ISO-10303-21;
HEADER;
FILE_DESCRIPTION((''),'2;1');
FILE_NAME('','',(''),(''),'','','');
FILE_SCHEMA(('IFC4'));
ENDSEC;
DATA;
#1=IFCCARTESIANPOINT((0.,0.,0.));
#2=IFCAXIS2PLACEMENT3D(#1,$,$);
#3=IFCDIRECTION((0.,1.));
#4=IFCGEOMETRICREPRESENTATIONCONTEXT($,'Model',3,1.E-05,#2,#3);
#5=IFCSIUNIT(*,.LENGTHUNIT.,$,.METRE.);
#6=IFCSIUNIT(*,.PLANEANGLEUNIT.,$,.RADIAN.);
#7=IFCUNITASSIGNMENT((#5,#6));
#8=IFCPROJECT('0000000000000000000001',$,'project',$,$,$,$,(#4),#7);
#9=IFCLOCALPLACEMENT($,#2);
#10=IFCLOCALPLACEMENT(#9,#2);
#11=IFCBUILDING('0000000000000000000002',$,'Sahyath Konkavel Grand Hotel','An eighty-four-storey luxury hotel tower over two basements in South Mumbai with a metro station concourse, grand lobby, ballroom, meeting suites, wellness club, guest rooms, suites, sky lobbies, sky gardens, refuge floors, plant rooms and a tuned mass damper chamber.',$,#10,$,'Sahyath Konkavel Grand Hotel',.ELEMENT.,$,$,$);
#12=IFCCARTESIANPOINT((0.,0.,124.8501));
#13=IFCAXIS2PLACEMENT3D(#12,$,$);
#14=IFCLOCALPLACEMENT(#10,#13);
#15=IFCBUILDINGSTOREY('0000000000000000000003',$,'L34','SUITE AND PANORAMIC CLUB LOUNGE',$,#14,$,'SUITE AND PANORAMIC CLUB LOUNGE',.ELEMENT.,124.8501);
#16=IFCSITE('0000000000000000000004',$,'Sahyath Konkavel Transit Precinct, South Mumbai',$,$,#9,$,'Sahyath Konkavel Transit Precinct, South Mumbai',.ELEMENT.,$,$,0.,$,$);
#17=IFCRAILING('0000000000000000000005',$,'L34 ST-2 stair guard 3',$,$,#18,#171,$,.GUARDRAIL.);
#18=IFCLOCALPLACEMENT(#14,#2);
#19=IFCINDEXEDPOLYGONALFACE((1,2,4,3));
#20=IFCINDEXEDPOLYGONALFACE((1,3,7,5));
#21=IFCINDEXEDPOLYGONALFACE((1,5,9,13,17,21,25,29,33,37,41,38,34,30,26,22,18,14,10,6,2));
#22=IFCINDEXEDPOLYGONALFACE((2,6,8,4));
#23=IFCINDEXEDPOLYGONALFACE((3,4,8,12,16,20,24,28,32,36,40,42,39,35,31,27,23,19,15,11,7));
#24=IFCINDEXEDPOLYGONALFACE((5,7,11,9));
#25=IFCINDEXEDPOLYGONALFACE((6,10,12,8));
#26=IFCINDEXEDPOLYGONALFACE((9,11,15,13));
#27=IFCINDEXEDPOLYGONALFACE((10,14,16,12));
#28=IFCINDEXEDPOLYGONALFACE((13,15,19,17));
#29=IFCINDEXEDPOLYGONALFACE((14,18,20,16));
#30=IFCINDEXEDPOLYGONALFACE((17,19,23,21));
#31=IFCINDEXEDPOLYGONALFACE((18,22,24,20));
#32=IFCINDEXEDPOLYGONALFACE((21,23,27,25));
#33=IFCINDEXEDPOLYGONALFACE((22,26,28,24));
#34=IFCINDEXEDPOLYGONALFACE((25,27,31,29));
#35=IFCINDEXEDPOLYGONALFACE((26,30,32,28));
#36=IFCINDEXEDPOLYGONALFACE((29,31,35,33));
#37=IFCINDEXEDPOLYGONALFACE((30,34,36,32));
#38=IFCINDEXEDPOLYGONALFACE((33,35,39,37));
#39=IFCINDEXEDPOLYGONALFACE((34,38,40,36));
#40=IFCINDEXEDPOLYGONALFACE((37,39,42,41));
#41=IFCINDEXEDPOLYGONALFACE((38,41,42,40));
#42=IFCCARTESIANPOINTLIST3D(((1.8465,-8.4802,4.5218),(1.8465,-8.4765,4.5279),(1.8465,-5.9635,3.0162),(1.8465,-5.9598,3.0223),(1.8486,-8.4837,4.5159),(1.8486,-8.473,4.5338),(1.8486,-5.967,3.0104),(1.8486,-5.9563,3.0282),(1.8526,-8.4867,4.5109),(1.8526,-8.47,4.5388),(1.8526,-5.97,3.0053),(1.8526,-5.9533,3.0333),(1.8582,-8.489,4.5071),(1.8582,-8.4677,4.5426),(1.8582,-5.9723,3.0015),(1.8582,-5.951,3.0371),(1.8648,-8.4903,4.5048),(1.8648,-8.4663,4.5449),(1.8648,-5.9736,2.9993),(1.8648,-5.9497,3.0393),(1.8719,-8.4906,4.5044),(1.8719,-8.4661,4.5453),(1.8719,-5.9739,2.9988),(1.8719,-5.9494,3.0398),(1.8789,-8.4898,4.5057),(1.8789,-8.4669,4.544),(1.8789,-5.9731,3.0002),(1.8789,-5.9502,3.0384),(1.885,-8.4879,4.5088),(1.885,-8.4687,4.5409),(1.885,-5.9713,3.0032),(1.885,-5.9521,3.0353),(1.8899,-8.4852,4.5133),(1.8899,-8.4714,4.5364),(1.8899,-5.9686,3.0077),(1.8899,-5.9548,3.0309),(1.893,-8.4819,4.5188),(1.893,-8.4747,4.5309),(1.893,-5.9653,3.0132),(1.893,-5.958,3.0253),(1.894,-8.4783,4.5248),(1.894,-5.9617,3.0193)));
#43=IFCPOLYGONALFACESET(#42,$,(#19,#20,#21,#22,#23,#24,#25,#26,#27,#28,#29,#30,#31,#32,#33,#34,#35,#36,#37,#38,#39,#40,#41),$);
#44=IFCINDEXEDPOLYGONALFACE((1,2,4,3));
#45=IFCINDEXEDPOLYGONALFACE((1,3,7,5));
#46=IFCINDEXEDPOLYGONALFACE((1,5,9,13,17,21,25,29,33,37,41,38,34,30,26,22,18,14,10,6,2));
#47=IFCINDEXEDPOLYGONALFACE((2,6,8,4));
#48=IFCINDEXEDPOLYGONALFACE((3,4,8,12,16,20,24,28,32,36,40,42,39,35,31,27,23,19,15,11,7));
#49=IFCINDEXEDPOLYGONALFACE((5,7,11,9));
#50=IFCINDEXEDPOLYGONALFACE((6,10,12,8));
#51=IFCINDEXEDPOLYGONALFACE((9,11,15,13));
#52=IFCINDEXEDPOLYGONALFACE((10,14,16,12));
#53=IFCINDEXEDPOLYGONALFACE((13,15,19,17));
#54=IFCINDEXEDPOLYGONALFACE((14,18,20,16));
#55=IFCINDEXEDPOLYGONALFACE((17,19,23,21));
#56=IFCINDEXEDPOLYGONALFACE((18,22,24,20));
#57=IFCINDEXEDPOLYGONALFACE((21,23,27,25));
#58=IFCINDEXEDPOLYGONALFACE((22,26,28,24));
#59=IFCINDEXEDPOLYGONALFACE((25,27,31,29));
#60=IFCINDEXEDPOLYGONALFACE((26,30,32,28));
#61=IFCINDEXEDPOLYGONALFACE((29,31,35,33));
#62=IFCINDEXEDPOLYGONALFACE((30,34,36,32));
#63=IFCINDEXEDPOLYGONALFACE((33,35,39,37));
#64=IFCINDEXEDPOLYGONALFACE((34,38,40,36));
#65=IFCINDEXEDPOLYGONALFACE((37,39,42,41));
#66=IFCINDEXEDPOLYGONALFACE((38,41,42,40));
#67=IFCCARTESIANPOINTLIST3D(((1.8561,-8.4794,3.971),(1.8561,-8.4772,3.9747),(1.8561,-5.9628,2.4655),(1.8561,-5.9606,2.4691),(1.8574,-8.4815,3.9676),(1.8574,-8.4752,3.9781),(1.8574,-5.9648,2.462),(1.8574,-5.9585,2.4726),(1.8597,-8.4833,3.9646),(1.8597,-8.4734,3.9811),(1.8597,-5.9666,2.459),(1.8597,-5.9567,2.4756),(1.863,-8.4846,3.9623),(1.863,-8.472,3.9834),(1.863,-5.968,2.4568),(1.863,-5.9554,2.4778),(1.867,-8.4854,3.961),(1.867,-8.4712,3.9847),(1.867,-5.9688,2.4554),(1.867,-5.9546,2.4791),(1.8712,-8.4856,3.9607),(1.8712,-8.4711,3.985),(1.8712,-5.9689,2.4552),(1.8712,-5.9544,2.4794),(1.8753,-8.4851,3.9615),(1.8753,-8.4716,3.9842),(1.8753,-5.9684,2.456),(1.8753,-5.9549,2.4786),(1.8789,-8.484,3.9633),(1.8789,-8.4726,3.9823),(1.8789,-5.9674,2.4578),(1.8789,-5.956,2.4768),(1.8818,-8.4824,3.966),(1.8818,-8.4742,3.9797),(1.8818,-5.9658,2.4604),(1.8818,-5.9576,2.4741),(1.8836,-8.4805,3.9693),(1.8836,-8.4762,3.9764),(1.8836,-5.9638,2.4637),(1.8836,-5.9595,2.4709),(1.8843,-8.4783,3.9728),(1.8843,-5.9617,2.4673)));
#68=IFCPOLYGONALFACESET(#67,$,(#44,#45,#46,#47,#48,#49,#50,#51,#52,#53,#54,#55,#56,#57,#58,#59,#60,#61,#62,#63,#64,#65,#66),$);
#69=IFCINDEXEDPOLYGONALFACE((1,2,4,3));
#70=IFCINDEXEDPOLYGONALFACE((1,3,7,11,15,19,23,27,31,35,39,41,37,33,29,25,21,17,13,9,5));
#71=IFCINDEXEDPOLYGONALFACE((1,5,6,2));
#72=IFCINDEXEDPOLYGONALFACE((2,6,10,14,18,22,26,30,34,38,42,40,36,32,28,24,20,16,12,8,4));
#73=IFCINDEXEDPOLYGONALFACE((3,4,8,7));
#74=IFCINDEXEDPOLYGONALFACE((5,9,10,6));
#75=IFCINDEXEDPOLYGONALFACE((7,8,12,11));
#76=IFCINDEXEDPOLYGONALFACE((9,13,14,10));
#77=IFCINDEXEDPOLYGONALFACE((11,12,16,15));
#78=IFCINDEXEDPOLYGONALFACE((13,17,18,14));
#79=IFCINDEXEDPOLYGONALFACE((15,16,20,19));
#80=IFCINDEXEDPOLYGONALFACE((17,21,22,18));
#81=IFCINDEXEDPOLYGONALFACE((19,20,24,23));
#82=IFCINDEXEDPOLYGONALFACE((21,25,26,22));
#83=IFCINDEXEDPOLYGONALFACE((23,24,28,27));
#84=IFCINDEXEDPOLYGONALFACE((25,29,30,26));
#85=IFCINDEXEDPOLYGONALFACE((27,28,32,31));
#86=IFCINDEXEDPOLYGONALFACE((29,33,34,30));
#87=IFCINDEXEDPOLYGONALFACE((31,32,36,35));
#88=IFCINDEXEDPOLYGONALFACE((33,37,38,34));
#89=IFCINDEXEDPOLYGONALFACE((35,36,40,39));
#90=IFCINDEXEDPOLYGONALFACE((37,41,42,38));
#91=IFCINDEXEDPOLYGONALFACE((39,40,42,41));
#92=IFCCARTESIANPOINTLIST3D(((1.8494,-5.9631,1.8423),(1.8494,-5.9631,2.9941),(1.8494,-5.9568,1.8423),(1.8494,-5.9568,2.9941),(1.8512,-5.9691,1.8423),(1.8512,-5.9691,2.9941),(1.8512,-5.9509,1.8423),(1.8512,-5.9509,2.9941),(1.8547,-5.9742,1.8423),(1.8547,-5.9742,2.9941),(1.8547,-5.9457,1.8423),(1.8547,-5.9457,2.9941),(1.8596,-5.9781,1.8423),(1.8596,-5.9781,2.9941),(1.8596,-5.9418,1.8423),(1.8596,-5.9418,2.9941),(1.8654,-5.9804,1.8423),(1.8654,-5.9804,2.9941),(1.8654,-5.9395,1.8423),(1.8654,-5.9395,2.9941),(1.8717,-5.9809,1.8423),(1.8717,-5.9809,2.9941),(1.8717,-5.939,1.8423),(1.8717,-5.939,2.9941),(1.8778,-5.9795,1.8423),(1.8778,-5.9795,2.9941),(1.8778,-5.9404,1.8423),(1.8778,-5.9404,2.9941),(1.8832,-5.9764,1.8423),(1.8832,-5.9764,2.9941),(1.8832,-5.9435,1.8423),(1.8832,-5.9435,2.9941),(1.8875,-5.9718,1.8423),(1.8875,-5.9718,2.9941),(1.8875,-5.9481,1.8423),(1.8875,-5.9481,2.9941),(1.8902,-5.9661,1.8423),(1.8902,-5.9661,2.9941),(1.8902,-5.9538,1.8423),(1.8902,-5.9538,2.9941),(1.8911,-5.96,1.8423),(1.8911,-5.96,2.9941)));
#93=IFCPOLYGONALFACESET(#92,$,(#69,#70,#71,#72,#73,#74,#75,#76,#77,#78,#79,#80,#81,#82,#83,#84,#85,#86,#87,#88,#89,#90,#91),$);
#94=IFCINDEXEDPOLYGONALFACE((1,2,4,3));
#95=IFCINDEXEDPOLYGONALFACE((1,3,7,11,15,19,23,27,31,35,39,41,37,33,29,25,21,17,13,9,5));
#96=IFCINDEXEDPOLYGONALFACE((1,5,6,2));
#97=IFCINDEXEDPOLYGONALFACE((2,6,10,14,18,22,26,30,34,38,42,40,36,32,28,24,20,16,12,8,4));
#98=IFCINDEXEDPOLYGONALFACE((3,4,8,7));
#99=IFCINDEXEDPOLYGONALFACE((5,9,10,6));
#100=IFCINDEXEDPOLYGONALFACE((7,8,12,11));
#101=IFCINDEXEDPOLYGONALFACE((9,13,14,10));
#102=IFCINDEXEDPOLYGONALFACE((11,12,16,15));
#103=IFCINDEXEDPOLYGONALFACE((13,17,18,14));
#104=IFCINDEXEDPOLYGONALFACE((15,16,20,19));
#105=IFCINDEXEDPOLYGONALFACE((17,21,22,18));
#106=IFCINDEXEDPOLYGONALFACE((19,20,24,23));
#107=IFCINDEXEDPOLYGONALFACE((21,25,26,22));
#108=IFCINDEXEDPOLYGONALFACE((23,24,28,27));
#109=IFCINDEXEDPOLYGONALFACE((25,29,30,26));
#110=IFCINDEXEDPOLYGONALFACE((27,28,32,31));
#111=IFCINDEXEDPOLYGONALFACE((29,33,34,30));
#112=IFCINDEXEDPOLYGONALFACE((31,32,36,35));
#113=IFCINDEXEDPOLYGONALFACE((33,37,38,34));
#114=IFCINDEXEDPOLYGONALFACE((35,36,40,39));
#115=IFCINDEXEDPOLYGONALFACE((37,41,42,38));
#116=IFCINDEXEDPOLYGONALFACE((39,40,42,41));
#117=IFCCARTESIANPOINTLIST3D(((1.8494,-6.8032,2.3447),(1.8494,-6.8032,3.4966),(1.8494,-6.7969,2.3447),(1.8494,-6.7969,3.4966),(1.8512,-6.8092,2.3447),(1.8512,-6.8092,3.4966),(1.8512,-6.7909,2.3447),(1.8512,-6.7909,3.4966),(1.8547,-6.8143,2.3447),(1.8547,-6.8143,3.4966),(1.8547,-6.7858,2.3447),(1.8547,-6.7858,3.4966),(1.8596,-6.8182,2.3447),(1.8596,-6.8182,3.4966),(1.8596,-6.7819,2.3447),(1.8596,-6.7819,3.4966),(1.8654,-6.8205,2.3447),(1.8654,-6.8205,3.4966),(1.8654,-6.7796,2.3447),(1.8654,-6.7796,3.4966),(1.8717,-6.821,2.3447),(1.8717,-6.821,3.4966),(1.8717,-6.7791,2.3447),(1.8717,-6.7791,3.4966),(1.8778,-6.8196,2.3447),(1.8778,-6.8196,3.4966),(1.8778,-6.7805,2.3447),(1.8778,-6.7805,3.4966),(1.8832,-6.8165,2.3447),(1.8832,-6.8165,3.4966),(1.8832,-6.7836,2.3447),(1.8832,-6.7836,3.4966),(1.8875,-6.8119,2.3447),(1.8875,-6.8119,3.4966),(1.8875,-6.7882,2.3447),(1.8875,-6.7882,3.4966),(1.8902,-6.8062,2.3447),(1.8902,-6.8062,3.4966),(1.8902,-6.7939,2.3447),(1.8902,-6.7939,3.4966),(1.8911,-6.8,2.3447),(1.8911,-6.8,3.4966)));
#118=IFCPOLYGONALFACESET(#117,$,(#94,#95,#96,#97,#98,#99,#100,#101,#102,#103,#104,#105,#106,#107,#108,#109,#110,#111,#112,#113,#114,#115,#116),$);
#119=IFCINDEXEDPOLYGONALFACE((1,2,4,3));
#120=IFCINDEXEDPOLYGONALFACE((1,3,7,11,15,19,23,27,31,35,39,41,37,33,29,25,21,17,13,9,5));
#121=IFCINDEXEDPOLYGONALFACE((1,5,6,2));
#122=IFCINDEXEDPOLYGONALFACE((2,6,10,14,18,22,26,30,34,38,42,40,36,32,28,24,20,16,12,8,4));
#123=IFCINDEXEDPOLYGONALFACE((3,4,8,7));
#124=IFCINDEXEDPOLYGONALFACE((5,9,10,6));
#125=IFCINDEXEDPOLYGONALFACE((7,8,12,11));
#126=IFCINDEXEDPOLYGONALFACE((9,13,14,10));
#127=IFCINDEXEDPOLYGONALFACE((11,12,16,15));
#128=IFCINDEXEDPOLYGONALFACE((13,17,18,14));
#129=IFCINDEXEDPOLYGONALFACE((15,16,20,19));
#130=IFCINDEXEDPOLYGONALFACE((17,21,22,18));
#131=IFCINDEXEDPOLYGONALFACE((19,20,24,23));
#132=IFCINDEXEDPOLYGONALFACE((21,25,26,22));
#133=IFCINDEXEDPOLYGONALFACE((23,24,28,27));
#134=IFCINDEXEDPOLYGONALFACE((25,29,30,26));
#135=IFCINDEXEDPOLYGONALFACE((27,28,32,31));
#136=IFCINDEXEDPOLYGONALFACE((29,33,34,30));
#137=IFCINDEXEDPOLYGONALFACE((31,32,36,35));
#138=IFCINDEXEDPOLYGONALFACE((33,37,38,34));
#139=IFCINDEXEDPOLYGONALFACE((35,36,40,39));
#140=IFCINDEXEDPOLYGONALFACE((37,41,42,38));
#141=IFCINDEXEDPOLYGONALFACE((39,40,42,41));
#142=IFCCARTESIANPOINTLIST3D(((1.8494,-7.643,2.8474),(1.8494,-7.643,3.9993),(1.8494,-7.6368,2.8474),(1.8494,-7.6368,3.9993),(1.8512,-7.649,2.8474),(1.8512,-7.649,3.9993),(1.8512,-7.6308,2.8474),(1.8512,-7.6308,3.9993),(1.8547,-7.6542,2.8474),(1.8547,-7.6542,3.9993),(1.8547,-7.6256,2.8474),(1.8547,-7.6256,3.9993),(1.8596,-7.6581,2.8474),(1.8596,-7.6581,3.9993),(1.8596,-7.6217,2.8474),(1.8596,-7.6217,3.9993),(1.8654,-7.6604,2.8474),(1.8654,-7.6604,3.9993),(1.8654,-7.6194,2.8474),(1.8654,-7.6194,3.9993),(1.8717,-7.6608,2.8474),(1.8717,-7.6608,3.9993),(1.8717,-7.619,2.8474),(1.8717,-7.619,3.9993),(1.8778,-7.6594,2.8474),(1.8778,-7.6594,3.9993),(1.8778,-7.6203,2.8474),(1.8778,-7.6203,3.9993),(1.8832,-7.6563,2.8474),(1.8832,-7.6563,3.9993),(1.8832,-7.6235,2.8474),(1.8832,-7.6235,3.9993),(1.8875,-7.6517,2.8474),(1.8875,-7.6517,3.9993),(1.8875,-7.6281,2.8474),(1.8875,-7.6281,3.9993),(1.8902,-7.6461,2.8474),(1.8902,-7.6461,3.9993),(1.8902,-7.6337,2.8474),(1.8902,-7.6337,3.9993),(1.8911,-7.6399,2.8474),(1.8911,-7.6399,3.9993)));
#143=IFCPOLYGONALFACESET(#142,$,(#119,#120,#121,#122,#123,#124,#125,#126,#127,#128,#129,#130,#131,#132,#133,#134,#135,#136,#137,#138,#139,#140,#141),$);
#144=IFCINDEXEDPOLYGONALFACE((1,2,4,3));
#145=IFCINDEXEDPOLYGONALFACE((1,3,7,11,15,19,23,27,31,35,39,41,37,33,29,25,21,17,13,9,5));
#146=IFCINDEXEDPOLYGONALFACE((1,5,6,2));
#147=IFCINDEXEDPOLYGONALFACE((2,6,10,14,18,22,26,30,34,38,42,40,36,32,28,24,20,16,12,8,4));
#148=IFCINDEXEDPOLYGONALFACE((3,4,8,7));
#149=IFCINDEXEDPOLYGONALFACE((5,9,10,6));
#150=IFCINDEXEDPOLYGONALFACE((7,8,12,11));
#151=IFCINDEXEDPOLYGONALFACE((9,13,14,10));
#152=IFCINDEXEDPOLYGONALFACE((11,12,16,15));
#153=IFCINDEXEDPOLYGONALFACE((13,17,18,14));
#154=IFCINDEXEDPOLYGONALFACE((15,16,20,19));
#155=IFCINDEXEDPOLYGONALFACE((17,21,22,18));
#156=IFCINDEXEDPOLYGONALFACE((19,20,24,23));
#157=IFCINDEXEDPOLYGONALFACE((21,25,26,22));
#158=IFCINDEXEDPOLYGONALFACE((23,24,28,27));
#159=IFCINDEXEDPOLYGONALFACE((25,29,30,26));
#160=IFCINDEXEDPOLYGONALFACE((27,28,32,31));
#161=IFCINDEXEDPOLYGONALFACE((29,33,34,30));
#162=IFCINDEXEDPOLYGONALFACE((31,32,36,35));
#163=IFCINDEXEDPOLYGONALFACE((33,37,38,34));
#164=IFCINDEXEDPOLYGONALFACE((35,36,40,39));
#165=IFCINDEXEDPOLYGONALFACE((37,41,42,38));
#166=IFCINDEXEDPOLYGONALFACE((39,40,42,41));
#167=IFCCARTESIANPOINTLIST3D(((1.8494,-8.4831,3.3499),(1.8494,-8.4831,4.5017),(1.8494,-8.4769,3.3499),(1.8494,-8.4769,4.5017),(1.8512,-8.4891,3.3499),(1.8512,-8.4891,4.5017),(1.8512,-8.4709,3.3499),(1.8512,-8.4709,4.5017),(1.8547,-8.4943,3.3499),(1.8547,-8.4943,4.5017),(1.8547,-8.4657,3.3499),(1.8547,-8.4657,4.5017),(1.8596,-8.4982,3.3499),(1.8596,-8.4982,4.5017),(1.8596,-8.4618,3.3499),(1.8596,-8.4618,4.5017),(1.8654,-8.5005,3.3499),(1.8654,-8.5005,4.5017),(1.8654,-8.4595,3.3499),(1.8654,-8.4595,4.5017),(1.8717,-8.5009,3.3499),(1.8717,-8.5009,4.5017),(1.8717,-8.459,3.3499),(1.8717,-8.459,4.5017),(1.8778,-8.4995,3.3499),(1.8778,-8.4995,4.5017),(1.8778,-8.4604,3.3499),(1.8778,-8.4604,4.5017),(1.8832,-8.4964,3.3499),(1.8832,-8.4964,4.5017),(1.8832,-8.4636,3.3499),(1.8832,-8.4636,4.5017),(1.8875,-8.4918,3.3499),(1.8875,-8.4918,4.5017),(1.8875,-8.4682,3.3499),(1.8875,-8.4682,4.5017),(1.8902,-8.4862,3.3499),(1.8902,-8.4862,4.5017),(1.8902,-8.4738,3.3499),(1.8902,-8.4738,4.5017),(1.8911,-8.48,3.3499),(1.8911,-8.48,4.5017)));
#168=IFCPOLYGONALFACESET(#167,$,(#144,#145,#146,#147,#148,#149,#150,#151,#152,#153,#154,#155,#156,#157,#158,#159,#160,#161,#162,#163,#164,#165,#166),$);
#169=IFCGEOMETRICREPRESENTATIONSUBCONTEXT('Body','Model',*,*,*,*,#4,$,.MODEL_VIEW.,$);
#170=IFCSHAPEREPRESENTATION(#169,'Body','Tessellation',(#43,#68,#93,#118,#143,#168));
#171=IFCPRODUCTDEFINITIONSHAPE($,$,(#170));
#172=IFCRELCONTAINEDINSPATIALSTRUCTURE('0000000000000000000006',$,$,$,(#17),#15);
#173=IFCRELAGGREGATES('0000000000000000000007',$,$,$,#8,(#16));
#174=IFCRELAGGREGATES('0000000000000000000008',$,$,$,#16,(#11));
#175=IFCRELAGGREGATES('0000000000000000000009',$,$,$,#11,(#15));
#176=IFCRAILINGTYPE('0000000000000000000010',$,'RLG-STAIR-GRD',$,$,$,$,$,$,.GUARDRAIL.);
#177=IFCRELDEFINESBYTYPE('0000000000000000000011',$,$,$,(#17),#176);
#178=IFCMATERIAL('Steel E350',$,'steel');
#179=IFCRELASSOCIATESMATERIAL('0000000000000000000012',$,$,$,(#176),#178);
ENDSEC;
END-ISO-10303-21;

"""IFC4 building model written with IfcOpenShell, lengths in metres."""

from ifc_helpers import new_model, si_unit, direction, frame, origin, origin_2d, place, context, subcontext, project, spatial, circle, extrude, material, type_object, element, save


model = new_model("IFC4")

# Units and contexts
model_context = context("Model", 3, precision=1e-05, world=origin(), true_north=direction((0.0, 1.0)))
body_context = subcontext(model_context, "Body", "Model", "MODEL_VIEW")
ifc_project = project(units=[si_unit("LENGTHUNIT", "METRE"), si_unit("PLANEANGLEUNIT", "RADIAN")], contexts=[model_context])

# Site, building, storey
site_placement = place(None, origin())
site = spatial("IfcSite", under=ifc_project, at=site_placement, Name="Sahyath Konkavel Transit Precinct, South Mumbai", LongName="Sahyath Konkavel Transit Precinct, South Mumbai", CompositionType="ELEMENT", RefElevation=0.0)
building_placement = place(site_placement, origin())
building = spatial("IfcBuilding", under=site, at=building_placement, Name="Sahyath Konkavel Grand Hotel", Description="An eighty-four-storey luxury hotel tower over two basements in South Mumbai with a metro station concourse, grand lobby, ballroom, meeting suites, wellness club, guest rooms, suites, sky lobbies, sky gardens, refuge floors, plant rooms and a tuned mass damper chamber.", LongName="Sahyath Konkavel Grand Hotel", CompositionType="ELEMENT")
storey_placement = place(building_placement, frame((0.0, 0.0, 124.8501)))
storey = spatial("IfcBuildingStorey", under=building, at=storey_placement, Name="L34", Description="SUITE AND PANORAMIC CLUB LOUNGE", LongName="SUITE AND PANORAMIC CLUB LOUNGE", CompositionType="ELEMENT", Elevation=124.8501)

# Shared definitions
ifc_material_1 = material(Name="Steel E350", Category="steel")

# Railing
railing_type_1 = type_object("IfcRailingType", Name="RLG-STAIR-GRD", PredefinedType="GUARDRAIL", material=ifc_material_1)
railing_1_placement = place(storey_placement, frame((1.8701, -5.96, 1.8423)))
element("IfcRailing", 1, at=railing_1_placement, inside=storey, type_object=railing_type_1, Name="L34 ST-2 stair guard 3", PredefinedType="GUARDRAIL", context=body_context, shape_type="SweptSolid", body=[
    extrude(circle(Radius=0.0239, at=origin_2d()), frame((0.0, -0.0017, 1.177), z_axis=(0.0, -0.85816, 0.513383), x_axis=(1.0, 0.0, 0.0)), (0.0, 0.0, 1.0), 2.9326),
    extrude(circle(Radius=0.0142, at=origin_2d()), frame((0.0, -0.0017, 0.625), z_axis=(0.0, -0.85816, 0.513383), x_axis=(1.0, 0.0, 0.0)), (0.0, 0.0, 1.0), 2.9326),
    extrude(circle(Radius=0.021, at=origin_2d()), origin(), (0.0, 0.0, 1.0), 1.1519),
    extrude(circle(Radius=0.021, at=origin_2d()), frame((0.0, -0.8401, 0.5024)), (0.0, 0.0, 1.0), 1.1519),
    extrude(circle(Radius=0.021, at=origin_2d()), frame((0.0, -1.6799, 1.0051)), (0.0, 0.0, 1.0), 1.1519),
    extrude(circle(Radius=0.021, at=origin_2d()), frame((0.0, -2.52, 1.5076)), (0.0, 0.0, 1.0), 1.1519),
])

save(model, "model.ifc")
